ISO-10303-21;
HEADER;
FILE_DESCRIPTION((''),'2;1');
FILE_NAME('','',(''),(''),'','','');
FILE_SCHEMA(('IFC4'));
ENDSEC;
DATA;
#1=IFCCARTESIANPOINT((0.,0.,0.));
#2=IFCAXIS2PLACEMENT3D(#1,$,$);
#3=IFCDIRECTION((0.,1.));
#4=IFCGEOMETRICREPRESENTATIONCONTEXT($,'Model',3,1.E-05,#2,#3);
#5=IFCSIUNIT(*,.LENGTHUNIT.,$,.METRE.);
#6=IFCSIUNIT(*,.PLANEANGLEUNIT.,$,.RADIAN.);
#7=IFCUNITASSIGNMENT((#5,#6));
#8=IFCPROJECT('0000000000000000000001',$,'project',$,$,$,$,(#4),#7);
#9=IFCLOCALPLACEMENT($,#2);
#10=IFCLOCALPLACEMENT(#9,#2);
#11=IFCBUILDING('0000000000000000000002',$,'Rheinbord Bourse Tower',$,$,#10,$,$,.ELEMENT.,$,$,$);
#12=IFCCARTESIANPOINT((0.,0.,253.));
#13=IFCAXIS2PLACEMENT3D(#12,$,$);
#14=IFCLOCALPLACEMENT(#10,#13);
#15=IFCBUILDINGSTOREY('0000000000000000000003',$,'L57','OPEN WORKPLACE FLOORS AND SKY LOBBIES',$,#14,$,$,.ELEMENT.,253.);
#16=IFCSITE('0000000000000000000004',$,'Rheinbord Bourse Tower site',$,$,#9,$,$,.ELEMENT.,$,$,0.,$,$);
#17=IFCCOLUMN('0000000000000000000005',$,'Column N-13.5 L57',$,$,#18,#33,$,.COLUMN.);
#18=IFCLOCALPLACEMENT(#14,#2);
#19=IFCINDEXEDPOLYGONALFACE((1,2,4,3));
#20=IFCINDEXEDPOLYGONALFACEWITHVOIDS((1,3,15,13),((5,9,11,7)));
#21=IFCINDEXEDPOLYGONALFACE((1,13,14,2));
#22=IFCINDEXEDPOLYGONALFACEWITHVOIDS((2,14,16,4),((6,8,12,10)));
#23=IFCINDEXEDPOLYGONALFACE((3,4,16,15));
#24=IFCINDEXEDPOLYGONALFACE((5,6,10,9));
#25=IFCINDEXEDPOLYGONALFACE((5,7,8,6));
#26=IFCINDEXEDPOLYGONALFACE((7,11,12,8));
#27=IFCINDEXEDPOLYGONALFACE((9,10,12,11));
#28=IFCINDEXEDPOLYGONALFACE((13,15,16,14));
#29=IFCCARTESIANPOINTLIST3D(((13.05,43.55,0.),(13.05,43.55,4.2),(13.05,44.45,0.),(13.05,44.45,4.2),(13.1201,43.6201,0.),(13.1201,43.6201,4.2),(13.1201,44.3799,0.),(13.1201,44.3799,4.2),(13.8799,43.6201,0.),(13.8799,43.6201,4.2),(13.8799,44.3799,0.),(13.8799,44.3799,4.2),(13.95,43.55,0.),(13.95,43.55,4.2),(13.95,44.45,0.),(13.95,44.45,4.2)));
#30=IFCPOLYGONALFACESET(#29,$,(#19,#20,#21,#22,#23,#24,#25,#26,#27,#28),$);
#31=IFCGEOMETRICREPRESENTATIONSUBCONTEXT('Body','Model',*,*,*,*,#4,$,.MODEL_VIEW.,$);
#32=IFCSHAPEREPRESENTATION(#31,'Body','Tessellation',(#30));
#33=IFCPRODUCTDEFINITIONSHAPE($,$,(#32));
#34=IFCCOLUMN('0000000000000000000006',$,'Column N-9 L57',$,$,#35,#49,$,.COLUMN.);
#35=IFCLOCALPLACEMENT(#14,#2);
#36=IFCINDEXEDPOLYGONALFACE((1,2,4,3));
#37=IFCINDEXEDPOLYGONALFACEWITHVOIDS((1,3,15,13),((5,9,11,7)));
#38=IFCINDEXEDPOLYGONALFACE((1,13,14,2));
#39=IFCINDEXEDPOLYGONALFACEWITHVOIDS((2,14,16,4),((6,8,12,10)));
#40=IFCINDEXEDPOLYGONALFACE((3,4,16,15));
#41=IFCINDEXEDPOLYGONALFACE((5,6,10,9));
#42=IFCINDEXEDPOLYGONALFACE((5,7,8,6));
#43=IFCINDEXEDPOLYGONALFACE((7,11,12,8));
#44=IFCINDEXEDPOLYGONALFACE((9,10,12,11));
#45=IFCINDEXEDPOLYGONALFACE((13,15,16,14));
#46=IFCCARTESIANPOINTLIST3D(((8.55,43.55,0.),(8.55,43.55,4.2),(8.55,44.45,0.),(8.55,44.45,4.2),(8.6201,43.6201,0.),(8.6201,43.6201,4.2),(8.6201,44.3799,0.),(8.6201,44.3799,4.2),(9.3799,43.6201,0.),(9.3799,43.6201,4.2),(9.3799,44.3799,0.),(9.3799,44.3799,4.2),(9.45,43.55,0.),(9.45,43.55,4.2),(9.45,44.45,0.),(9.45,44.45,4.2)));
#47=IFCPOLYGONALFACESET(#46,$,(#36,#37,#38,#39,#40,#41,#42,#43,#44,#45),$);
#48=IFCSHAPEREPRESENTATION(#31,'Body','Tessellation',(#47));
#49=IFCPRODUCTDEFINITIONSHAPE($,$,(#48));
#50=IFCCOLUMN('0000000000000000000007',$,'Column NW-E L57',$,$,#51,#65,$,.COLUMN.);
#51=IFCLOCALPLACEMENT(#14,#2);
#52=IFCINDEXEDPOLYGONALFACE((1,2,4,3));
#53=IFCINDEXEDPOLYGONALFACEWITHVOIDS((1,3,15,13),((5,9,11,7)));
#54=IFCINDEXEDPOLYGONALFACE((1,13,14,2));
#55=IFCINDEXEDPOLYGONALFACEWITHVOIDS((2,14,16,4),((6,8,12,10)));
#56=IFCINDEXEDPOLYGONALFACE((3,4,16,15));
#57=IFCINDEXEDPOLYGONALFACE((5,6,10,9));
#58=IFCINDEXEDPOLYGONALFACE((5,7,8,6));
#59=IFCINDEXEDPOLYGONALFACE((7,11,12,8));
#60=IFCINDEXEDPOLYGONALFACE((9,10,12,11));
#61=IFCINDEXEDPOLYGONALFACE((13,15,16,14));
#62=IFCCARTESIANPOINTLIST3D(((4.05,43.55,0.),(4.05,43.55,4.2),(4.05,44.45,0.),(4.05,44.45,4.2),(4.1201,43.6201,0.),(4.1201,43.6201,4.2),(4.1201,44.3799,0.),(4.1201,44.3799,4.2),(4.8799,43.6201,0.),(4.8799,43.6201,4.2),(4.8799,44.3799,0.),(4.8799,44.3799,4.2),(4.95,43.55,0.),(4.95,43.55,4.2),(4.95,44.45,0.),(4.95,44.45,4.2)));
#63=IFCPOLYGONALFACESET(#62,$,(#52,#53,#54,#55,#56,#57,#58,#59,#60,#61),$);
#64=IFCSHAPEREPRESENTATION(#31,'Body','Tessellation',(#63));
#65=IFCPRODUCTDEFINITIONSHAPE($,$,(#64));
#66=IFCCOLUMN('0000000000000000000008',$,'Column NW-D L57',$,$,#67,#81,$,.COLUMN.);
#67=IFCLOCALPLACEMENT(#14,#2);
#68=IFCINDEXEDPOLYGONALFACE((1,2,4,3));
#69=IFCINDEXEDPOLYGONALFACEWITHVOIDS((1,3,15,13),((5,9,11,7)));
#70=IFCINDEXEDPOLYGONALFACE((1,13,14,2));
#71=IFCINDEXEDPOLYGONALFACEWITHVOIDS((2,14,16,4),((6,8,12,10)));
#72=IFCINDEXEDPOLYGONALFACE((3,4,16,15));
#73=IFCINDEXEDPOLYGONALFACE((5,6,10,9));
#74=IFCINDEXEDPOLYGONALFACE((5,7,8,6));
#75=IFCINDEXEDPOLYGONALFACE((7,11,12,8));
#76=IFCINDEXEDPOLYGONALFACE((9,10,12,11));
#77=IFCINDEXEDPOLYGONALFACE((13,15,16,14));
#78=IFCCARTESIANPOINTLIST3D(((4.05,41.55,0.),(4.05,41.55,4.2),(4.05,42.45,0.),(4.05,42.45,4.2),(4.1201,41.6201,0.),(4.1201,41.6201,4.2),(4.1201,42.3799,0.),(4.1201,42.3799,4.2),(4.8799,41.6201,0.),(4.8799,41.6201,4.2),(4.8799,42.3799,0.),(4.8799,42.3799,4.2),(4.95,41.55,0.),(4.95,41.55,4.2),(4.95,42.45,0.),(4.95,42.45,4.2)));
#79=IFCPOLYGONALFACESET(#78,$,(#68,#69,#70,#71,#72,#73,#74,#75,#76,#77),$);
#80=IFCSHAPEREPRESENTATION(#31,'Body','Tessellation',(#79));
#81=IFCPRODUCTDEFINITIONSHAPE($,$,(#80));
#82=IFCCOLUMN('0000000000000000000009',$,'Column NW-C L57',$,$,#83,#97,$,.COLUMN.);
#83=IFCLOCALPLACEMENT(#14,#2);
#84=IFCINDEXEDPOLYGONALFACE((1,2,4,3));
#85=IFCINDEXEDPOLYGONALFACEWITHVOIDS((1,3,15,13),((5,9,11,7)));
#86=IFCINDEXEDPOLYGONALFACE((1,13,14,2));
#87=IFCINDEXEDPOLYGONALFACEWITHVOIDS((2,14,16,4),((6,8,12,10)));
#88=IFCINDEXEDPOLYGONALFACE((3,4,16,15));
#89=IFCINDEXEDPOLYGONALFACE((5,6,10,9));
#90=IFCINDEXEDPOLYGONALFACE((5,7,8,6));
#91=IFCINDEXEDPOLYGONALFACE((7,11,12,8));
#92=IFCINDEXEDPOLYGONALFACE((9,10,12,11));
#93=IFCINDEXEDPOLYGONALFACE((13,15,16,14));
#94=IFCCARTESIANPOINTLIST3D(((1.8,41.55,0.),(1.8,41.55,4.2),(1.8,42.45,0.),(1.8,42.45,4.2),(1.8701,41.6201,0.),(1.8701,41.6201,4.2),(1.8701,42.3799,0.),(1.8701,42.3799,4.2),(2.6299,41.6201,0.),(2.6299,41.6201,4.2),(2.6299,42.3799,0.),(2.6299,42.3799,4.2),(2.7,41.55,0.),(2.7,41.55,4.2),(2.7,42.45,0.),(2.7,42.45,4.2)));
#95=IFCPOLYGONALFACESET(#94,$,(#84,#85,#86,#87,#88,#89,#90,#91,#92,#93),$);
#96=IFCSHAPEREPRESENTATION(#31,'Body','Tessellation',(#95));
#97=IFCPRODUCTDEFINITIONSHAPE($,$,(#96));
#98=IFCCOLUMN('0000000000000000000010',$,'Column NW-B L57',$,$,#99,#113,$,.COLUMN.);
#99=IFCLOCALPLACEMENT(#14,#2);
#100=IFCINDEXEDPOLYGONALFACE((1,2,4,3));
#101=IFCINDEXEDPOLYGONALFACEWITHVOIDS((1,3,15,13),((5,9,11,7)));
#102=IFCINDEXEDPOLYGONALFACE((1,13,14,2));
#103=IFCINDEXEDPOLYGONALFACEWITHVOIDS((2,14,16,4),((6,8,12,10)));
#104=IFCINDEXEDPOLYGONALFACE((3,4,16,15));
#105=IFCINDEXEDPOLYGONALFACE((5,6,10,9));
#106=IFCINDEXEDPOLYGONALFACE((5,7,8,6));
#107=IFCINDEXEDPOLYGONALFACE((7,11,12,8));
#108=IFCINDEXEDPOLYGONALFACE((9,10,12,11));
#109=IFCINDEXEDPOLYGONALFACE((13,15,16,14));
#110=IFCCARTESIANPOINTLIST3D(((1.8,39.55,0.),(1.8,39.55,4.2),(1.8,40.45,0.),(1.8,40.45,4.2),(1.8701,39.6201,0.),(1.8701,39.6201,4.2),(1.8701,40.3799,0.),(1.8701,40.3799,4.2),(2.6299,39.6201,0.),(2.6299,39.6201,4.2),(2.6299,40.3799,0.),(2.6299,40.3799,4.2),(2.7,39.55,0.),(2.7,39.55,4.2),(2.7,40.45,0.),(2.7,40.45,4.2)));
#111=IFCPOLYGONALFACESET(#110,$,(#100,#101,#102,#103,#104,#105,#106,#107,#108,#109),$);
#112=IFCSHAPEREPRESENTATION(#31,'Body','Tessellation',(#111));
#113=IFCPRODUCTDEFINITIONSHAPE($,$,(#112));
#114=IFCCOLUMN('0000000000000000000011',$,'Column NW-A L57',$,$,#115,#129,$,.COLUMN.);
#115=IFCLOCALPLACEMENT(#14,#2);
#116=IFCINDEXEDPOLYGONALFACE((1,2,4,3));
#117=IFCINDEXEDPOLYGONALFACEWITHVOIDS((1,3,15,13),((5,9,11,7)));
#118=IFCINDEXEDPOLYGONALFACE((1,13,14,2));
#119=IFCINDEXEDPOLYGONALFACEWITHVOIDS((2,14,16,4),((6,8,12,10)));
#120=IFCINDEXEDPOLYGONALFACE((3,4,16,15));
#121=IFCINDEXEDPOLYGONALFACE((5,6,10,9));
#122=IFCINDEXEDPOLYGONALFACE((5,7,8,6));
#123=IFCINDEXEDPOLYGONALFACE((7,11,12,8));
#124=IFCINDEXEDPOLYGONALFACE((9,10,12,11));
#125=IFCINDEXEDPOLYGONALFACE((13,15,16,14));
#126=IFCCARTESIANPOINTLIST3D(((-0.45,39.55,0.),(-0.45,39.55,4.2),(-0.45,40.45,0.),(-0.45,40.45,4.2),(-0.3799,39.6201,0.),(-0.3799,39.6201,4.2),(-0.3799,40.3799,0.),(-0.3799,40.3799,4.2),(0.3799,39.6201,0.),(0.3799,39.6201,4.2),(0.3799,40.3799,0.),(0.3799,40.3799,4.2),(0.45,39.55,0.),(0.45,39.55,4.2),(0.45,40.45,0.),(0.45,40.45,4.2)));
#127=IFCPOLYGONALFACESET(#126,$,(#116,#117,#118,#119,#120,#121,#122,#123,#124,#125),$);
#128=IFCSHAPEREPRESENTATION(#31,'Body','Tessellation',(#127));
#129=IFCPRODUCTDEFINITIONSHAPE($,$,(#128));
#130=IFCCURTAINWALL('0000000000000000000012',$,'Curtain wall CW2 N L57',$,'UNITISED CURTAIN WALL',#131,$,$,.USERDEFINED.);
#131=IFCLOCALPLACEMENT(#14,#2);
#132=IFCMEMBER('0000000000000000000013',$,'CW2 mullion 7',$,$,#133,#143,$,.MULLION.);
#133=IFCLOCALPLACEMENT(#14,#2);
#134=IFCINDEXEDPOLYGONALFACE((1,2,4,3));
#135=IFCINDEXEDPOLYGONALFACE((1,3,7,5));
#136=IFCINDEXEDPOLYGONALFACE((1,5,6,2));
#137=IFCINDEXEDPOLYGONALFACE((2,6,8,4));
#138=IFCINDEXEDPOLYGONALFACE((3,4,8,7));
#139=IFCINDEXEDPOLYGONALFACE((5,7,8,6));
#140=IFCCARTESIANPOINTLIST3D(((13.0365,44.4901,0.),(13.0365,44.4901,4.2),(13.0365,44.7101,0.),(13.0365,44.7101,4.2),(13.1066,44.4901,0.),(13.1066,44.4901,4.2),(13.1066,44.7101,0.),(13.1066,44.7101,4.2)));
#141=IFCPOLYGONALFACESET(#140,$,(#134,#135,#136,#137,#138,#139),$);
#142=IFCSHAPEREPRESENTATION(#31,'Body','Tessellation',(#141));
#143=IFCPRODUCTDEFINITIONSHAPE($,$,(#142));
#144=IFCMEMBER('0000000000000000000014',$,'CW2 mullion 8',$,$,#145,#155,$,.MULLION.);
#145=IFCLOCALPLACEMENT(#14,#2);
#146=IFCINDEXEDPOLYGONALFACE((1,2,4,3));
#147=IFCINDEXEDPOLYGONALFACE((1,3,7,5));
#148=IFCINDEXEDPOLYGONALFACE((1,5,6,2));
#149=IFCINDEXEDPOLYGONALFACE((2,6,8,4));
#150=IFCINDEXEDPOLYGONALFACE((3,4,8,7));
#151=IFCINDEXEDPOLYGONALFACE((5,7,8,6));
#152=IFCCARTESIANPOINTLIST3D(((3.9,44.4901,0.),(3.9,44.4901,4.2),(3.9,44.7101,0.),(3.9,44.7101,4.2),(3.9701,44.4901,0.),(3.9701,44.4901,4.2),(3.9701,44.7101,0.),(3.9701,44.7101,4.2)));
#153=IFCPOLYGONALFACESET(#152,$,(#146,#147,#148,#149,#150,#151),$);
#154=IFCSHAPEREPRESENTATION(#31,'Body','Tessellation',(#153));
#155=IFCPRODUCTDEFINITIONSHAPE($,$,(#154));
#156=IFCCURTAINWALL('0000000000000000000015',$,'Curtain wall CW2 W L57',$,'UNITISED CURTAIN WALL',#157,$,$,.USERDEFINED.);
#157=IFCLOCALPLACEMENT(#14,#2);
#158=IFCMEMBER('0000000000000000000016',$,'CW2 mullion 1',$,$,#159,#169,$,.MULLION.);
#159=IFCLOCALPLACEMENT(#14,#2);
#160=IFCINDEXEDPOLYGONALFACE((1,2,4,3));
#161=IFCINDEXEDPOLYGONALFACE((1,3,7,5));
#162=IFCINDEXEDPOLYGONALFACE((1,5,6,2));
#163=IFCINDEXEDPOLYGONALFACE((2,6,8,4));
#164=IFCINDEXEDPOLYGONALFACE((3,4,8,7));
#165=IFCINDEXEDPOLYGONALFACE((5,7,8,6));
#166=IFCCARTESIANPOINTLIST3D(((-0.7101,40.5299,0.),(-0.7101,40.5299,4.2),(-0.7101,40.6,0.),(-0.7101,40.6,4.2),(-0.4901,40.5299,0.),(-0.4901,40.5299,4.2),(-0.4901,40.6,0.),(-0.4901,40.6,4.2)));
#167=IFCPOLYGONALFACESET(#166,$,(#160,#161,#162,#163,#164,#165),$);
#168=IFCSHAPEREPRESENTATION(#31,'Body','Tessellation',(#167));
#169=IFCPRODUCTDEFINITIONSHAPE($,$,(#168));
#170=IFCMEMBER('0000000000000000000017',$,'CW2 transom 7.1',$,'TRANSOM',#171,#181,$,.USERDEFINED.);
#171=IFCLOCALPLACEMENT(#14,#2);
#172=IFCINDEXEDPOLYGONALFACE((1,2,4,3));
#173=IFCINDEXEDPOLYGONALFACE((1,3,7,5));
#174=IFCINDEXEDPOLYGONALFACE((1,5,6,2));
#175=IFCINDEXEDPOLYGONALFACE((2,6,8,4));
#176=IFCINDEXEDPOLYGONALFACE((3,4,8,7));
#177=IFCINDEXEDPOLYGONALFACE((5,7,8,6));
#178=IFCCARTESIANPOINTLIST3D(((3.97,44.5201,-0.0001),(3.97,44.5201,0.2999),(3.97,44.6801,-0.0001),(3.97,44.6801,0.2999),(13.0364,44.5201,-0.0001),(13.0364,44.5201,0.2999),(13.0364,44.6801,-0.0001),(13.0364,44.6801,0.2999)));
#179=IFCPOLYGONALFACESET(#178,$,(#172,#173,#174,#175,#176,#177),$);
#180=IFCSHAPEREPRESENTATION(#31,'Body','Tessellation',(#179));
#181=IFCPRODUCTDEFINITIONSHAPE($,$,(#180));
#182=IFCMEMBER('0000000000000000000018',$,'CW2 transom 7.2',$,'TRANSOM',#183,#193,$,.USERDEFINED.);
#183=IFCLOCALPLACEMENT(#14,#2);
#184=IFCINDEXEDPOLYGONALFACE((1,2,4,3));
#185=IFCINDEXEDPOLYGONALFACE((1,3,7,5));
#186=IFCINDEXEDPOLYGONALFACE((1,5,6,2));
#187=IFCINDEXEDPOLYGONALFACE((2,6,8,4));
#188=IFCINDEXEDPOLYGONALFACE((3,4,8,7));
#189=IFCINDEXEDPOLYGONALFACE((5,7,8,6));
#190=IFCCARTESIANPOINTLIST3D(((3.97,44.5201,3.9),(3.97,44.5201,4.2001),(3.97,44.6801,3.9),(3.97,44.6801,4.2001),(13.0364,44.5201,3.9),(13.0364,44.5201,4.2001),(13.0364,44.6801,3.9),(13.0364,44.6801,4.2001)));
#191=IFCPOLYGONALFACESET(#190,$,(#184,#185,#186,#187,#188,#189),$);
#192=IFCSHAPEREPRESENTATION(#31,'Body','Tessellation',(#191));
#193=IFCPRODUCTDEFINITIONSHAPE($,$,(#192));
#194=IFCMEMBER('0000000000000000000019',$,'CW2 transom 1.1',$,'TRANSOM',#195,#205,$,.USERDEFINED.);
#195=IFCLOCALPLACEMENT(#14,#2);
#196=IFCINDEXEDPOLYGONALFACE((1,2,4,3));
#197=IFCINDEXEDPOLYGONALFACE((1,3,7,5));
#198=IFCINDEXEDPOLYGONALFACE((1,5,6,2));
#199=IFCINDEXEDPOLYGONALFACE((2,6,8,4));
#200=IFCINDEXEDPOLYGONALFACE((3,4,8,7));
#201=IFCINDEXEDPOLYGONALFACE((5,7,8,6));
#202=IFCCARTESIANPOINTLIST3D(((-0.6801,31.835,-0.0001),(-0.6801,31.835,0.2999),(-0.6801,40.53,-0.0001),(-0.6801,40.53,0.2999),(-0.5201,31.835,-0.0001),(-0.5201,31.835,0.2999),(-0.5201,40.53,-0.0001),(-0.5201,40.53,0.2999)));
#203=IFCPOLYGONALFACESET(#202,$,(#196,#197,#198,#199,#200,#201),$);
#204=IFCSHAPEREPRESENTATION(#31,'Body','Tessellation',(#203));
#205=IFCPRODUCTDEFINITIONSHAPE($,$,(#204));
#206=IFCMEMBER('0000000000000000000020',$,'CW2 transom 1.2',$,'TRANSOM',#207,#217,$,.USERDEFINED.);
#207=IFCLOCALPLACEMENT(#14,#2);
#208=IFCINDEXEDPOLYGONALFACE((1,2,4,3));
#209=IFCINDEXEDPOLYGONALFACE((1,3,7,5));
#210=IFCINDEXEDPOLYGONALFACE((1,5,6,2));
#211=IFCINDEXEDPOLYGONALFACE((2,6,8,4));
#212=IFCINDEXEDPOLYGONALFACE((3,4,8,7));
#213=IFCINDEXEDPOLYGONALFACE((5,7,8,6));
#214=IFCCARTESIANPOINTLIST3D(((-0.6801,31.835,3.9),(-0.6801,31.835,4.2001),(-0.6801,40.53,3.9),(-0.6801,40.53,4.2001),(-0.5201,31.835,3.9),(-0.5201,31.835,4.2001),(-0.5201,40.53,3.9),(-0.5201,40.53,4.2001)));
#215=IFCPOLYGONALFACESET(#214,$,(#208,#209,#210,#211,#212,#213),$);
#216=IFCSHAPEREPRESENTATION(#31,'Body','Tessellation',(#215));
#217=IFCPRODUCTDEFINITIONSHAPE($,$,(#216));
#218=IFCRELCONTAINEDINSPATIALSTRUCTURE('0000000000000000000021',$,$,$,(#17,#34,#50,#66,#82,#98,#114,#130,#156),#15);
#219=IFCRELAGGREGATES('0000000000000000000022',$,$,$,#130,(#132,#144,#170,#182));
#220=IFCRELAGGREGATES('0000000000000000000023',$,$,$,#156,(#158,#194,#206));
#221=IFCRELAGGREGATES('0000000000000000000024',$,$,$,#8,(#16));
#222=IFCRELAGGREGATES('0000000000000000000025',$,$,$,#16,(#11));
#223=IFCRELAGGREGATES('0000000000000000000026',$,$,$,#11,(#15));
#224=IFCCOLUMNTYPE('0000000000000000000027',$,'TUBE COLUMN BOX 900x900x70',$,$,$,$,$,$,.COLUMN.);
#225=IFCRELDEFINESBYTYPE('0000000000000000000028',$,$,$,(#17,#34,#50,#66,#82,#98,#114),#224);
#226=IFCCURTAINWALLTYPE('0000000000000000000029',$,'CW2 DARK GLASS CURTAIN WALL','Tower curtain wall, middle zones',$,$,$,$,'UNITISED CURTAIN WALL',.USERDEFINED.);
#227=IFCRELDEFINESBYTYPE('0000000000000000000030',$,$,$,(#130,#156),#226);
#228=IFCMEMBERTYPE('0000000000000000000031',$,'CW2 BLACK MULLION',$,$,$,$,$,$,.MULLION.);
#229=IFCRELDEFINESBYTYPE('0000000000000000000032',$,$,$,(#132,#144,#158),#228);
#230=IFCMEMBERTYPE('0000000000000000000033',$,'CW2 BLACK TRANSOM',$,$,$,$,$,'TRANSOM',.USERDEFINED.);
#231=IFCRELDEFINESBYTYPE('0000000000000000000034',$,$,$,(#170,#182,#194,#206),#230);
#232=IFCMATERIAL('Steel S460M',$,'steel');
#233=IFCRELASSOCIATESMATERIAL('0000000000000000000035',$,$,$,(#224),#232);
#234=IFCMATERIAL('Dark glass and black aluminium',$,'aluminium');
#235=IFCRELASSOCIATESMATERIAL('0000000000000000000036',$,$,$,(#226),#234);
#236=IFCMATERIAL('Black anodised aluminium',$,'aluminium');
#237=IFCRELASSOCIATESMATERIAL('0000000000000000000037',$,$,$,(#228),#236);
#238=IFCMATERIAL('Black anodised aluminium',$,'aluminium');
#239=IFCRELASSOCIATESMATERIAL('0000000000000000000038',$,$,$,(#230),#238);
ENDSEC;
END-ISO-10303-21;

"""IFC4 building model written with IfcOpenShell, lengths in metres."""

from ifc_helpers import new_model, si_unit, direction, frame, origin, origin_2d, place, context, subcontext, project, spatial, rectangle, hollow_rectangle, extrude, material, material_profile, profile_set, type_object, element, aggregate, save


model = new_model("IFC4")

# Units and contexts
model_context = context("Model", 3, precision=1e-05, world=origin(), true_north=direction((0.0, 1.0)))
body_context = subcontext(model_context, "Body", "Model", "MODEL_VIEW")
ifc_project = project(units=[si_unit("LENGTHUNIT", "METRE"), si_unit("PLANEANGLEUNIT", "RADIAN")], contexts=[model_context])

# Site, building, storey
site_placement = place(None, origin())
site = spatial("IfcSite", under=ifc_project, at=site_placement, Name="Rheinbord Bourse Tower site", CompositionType="ELEMENT", RefElevation=0.0)
building_placement = place(site_placement, origin())
building = spatial("IfcBuilding", under=site, at=building_placement, Name="Rheinbord Bourse Tower", CompositionType="ELEMENT")
storey_placement = place(building_placement, frame((0.0, 0.0, 253.0)))
storey = spatial("IfcBuildingStorey", under=building, at=storey_placement, Name="L57", Description="OPEN WORKPLACE FLOORS AND SKY LOBBIES", CompositionType="ELEMENT", Elevation=253.0)

# Columns
ifc_material_1 = material(Name="Steel S460M", Category="steel")
ifc_material_profile_1 = material_profile(ifc_material_1, hollow_rectangle(XDim=0.8999, YDim=0.8999, WallThickness=0.0701, at=origin_2d()), Name="BOX 900x900x70")
ifc_profile_set_1 = profile_set([ifc_material_profile_1], Name="Steel S460M")
column_type = type_object("IfcColumnType", Name="TUBE COLUMN BOX 900x900x70", PredefinedType="COLUMN", material=ifc_profile_set_1)
for number, where, z_axis, x_axis, name in (
    (1, (13.5, 44.0, 0.0), (0.0, 0.0, 1.0), (0.0, 1.0, 0.0), "Column N-13.5 L57"),
    (2, (9.0, 44.0, 0.0), (0.0, 0.0, 1.0), (0.0, 1.0, 0.0), "Column N-9 L57"),
    (3, (4.5, 44.0, 0.0), (0.0, 0.0, 1.0), (0.0, 1.0, 0.0), "Column NW-E L57"),
    (4, (4.5, 42.0, 0.0), (0.0, 0.0, 1.0), (0.0, 1.0, 0.0), "Column NW-D L57"),
    (5, (2.25, 42.0, 0.0), (0.0, 0.0, 1.0), (1.0, 0.0, 0.0), "Column NW-C L57"),
    (6, (2.25, 40.0, 0.0), (0.0, 0.0, 1.0), (1.0, 0.0, 0.0), "Column NW-B L57"),
    (7, (0.0, 40.0, 0.0), (0.0, 0.0, 1.0), (1.0, 0.0, 0.0), "Column NW-A L57"),
):
    element("IfcColumn", number, at=place(storey_placement, frame(where, z_axis=z_axis, x_axis=x_axis)), inside=storey, type_object=column_type, Name=name, PredefinedType="COLUMN", context=body_context, shape_type="SweptSolid", body=[
        extrude(hollow_rectangle(XDim=0.8999, YDim=0.8999, WallThickness=0.0701, at=origin_2d()), origin(), (0.0, 0.0, 1.0), 4.2),
    ])

# Curtain wall, members
ifc_material_2 = material(Name="Dark glass and black aluminium", Category="aluminium")
curtain_wall_type = type_object("IfcCurtainWallType", Name="CW2 DARK GLASS CURTAIN WALL", Description="Tower curtain wall, middle zones", ElementType="UNITISED CURTAIN WALL", PredefinedType="USERDEFINED", material=ifc_material_2)
curtain_wall_1_placement = place(storey_placement, origin())
curtain_wall_1 = element("IfcCurtainWall", 8, at=curtain_wall_1_placement, inside=storey, type_object=curtain_wall_type, Name="Curtain wall CW2 N L57", ObjectType="UNITISED CURTAIN WALL", PredefinedType="USERDEFINED")
ifc_material_3 = material(Name="Black anodised aluminium", Category="aluminium")
ifc_material_profile_2 = material_profile(ifc_material_3, rectangle(XDim=0.22, YDim=0.0701, at=origin_2d()), Name="CW2 MULLION 70x220")
ifc_profile_set_2 = profile_set([ifc_material_profile_2], Name="Black anodised aluminium")
member_type_1 = type_object("IfcMemberType", Name="CW2 BLACK MULLION", PredefinedType="MULLION", material=ifc_profile_set_2)
member_1_placement = place(storey_placement, frame((13.0715, 44.6001, 0.0), z_axis=(0.0, 0.0, 1.0), x_axis=(0.0, -1.0, 0.0)))
member_1 = element("IfcMember", 9, at=member_1_placement, type_object=member_type_1, Name="CW2 mullion 7", PredefinedType="MULLION", context=body_context, shape_type="SweptSolid", body=[
    extrude(rectangle(XDim=0.22, YDim=0.0701, at=origin_2d()), origin(), (0.0, 0.0, 1.0), 4.2),
])
member_2_placement = place(storey_placement, frame((3.9351, 44.6001, 0.0), z_axis=(0.0, 0.0, 1.0), x_axis=(0.0, -1.0, 0.0)))
member_2 = element("IfcMember", 10, at=member_2_placement, type_object=member_type_1, Name="CW2 mullion 8", PredefinedType="MULLION", context=body_context, shape_type="SweptSolid", body=[
    extrude(rectangle(XDim=0.22, YDim=0.0701, at=origin_2d()), origin(), (0.0, 0.0, 1.0), 4.2),
])

# Curtain wall, member
curtain_wall_2_placement = place(storey_placement, origin())
curtain_wall_2 = element("IfcCurtainWall", 11, at=curtain_wall_2_placement, inside=storey, type_object=curtain_wall_type, Name="Curtain wall CW2 W L57", ObjectType="UNITISED CURTAIN WALL", PredefinedType="USERDEFINED")
member_3_placement = place(storey_placement, frame((-0.6001, 40.5649, 0.0), z_axis=(0.0, 0.0, 1.0), x_axis=(1.0, 0.0, 0.0)))
member_3 = element("IfcMember", 12, at=member_3_placement, type_object=member_type_1, Name="CW2 mullion 1", PredefinedType="MULLION", context=body_context, shape_type="SweptSolid", body=[
    extrude(rectangle(XDim=0.22, YDim=0.0701, at=origin_2d()), origin(), (0.0, 0.0, 1.0), 4.2),
])

# Members
ifc_material_4 = material(Name="Black anodised aluminium", Category="aluminium")
ifc_material_profile_3 = material_profile(ifc_material_4, rectangle(XDim=0.1599, YDim=0.3, at=origin_2d()), Name="CW2 TRANSOM 300x160")
ifc_profile_set_3 = profile_set([ifc_material_profile_3], Name="Black anodised aluminium")
member_type_2 = type_object("IfcMemberType", Name="CW2 BLACK TRANSOM", ElementType="TRANSOM", PredefinedType="USERDEFINED", material=ifc_profile_set_3)
member_4_placement = place(storey_placement, frame((13.0364, 44.6001, 0.1499), z_axis=(-1.0, 0.0, 0.0), x_axis=(0.0, -1.0, 0.0)))
member_4 = element("IfcMember", 13, at=member_4_placement, type_object=member_type_2, Name="CW2 transom 7.1", ObjectType="TRANSOM", PredefinedType="USERDEFINED", context=body_context, shape_type="SweptSolid", body=[
    extrude(rectangle(XDim=0.1599, YDim=0.3, at=origin_2d()), origin(), (0.0, 0.0, 1.0), 9.0664),
])
member_5_placement = place(storey_placement, frame((13.0364, 44.6001, 4.05), z_axis=(-1.0, 0.0, 0.0), x_axis=(0.0, -1.0, 0.0)))
member_5 = element("IfcMember", 14, at=member_5_placement, type_object=member_type_2, Name="CW2 transom 7.2", ObjectType="TRANSOM", PredefinedType="USERDEFINED", context=body_context, shape_type="SweptSolid", body=[
    extrude(rectangle(XDim=0.1599, YDim=0.3, at=origin_2d()), origin(), (0.0, 0.0, 1.0), 9.0664),
])
member_6_placement = place(storey_placement, frame((-0.6001, 40.53, 0.1499), z_axis=(0.0, -1.0, 0.0), x_axis=(1.0, 0.0, 0.0)))
member_6 = element("IfcMember", 15, at=member_6_placement, type_object=member_type_2, Name="CW2 transom 1.1", ObjectType="TRANSOM", PredefinedType="USERDEFINED", context=body_context, shape_type="SweptSolid", body=[
    extrude(rectangle(XDim=0.1599, YDim=0.3, at=origin_2d()), origin(), (0.0, 0.0, 1.0), 8.6951),
])
member_7_placement = place(storey_placement, frame((-0.6001, 40.53, 4.05), z_axis=(0.0, -1.0, 0.0), x_axis=(1.0, 0.0, 0.0)))
member_7 = element("IfcMember", 16, at=member_7_placement, type_object=member_type_2, Name="CW2 transom 1.2", ObjectType="TRANSOM", PredefinedType="USERDEFINED", context=body_context, shape_type="SweptSolid", body=[
    extrude(rectangle(XDim=0.1599, YDim=0.3, at=origin_2d()), origin(), (0.0, 0.0, 1.0), 8.6951),
])

aggregate(curtain_wall_1, [member_1, member_2, member_4, member_5])
aggregate(curtain_wall_2, [member_3, member_6, member_7])

save(model, "model.ifc")
